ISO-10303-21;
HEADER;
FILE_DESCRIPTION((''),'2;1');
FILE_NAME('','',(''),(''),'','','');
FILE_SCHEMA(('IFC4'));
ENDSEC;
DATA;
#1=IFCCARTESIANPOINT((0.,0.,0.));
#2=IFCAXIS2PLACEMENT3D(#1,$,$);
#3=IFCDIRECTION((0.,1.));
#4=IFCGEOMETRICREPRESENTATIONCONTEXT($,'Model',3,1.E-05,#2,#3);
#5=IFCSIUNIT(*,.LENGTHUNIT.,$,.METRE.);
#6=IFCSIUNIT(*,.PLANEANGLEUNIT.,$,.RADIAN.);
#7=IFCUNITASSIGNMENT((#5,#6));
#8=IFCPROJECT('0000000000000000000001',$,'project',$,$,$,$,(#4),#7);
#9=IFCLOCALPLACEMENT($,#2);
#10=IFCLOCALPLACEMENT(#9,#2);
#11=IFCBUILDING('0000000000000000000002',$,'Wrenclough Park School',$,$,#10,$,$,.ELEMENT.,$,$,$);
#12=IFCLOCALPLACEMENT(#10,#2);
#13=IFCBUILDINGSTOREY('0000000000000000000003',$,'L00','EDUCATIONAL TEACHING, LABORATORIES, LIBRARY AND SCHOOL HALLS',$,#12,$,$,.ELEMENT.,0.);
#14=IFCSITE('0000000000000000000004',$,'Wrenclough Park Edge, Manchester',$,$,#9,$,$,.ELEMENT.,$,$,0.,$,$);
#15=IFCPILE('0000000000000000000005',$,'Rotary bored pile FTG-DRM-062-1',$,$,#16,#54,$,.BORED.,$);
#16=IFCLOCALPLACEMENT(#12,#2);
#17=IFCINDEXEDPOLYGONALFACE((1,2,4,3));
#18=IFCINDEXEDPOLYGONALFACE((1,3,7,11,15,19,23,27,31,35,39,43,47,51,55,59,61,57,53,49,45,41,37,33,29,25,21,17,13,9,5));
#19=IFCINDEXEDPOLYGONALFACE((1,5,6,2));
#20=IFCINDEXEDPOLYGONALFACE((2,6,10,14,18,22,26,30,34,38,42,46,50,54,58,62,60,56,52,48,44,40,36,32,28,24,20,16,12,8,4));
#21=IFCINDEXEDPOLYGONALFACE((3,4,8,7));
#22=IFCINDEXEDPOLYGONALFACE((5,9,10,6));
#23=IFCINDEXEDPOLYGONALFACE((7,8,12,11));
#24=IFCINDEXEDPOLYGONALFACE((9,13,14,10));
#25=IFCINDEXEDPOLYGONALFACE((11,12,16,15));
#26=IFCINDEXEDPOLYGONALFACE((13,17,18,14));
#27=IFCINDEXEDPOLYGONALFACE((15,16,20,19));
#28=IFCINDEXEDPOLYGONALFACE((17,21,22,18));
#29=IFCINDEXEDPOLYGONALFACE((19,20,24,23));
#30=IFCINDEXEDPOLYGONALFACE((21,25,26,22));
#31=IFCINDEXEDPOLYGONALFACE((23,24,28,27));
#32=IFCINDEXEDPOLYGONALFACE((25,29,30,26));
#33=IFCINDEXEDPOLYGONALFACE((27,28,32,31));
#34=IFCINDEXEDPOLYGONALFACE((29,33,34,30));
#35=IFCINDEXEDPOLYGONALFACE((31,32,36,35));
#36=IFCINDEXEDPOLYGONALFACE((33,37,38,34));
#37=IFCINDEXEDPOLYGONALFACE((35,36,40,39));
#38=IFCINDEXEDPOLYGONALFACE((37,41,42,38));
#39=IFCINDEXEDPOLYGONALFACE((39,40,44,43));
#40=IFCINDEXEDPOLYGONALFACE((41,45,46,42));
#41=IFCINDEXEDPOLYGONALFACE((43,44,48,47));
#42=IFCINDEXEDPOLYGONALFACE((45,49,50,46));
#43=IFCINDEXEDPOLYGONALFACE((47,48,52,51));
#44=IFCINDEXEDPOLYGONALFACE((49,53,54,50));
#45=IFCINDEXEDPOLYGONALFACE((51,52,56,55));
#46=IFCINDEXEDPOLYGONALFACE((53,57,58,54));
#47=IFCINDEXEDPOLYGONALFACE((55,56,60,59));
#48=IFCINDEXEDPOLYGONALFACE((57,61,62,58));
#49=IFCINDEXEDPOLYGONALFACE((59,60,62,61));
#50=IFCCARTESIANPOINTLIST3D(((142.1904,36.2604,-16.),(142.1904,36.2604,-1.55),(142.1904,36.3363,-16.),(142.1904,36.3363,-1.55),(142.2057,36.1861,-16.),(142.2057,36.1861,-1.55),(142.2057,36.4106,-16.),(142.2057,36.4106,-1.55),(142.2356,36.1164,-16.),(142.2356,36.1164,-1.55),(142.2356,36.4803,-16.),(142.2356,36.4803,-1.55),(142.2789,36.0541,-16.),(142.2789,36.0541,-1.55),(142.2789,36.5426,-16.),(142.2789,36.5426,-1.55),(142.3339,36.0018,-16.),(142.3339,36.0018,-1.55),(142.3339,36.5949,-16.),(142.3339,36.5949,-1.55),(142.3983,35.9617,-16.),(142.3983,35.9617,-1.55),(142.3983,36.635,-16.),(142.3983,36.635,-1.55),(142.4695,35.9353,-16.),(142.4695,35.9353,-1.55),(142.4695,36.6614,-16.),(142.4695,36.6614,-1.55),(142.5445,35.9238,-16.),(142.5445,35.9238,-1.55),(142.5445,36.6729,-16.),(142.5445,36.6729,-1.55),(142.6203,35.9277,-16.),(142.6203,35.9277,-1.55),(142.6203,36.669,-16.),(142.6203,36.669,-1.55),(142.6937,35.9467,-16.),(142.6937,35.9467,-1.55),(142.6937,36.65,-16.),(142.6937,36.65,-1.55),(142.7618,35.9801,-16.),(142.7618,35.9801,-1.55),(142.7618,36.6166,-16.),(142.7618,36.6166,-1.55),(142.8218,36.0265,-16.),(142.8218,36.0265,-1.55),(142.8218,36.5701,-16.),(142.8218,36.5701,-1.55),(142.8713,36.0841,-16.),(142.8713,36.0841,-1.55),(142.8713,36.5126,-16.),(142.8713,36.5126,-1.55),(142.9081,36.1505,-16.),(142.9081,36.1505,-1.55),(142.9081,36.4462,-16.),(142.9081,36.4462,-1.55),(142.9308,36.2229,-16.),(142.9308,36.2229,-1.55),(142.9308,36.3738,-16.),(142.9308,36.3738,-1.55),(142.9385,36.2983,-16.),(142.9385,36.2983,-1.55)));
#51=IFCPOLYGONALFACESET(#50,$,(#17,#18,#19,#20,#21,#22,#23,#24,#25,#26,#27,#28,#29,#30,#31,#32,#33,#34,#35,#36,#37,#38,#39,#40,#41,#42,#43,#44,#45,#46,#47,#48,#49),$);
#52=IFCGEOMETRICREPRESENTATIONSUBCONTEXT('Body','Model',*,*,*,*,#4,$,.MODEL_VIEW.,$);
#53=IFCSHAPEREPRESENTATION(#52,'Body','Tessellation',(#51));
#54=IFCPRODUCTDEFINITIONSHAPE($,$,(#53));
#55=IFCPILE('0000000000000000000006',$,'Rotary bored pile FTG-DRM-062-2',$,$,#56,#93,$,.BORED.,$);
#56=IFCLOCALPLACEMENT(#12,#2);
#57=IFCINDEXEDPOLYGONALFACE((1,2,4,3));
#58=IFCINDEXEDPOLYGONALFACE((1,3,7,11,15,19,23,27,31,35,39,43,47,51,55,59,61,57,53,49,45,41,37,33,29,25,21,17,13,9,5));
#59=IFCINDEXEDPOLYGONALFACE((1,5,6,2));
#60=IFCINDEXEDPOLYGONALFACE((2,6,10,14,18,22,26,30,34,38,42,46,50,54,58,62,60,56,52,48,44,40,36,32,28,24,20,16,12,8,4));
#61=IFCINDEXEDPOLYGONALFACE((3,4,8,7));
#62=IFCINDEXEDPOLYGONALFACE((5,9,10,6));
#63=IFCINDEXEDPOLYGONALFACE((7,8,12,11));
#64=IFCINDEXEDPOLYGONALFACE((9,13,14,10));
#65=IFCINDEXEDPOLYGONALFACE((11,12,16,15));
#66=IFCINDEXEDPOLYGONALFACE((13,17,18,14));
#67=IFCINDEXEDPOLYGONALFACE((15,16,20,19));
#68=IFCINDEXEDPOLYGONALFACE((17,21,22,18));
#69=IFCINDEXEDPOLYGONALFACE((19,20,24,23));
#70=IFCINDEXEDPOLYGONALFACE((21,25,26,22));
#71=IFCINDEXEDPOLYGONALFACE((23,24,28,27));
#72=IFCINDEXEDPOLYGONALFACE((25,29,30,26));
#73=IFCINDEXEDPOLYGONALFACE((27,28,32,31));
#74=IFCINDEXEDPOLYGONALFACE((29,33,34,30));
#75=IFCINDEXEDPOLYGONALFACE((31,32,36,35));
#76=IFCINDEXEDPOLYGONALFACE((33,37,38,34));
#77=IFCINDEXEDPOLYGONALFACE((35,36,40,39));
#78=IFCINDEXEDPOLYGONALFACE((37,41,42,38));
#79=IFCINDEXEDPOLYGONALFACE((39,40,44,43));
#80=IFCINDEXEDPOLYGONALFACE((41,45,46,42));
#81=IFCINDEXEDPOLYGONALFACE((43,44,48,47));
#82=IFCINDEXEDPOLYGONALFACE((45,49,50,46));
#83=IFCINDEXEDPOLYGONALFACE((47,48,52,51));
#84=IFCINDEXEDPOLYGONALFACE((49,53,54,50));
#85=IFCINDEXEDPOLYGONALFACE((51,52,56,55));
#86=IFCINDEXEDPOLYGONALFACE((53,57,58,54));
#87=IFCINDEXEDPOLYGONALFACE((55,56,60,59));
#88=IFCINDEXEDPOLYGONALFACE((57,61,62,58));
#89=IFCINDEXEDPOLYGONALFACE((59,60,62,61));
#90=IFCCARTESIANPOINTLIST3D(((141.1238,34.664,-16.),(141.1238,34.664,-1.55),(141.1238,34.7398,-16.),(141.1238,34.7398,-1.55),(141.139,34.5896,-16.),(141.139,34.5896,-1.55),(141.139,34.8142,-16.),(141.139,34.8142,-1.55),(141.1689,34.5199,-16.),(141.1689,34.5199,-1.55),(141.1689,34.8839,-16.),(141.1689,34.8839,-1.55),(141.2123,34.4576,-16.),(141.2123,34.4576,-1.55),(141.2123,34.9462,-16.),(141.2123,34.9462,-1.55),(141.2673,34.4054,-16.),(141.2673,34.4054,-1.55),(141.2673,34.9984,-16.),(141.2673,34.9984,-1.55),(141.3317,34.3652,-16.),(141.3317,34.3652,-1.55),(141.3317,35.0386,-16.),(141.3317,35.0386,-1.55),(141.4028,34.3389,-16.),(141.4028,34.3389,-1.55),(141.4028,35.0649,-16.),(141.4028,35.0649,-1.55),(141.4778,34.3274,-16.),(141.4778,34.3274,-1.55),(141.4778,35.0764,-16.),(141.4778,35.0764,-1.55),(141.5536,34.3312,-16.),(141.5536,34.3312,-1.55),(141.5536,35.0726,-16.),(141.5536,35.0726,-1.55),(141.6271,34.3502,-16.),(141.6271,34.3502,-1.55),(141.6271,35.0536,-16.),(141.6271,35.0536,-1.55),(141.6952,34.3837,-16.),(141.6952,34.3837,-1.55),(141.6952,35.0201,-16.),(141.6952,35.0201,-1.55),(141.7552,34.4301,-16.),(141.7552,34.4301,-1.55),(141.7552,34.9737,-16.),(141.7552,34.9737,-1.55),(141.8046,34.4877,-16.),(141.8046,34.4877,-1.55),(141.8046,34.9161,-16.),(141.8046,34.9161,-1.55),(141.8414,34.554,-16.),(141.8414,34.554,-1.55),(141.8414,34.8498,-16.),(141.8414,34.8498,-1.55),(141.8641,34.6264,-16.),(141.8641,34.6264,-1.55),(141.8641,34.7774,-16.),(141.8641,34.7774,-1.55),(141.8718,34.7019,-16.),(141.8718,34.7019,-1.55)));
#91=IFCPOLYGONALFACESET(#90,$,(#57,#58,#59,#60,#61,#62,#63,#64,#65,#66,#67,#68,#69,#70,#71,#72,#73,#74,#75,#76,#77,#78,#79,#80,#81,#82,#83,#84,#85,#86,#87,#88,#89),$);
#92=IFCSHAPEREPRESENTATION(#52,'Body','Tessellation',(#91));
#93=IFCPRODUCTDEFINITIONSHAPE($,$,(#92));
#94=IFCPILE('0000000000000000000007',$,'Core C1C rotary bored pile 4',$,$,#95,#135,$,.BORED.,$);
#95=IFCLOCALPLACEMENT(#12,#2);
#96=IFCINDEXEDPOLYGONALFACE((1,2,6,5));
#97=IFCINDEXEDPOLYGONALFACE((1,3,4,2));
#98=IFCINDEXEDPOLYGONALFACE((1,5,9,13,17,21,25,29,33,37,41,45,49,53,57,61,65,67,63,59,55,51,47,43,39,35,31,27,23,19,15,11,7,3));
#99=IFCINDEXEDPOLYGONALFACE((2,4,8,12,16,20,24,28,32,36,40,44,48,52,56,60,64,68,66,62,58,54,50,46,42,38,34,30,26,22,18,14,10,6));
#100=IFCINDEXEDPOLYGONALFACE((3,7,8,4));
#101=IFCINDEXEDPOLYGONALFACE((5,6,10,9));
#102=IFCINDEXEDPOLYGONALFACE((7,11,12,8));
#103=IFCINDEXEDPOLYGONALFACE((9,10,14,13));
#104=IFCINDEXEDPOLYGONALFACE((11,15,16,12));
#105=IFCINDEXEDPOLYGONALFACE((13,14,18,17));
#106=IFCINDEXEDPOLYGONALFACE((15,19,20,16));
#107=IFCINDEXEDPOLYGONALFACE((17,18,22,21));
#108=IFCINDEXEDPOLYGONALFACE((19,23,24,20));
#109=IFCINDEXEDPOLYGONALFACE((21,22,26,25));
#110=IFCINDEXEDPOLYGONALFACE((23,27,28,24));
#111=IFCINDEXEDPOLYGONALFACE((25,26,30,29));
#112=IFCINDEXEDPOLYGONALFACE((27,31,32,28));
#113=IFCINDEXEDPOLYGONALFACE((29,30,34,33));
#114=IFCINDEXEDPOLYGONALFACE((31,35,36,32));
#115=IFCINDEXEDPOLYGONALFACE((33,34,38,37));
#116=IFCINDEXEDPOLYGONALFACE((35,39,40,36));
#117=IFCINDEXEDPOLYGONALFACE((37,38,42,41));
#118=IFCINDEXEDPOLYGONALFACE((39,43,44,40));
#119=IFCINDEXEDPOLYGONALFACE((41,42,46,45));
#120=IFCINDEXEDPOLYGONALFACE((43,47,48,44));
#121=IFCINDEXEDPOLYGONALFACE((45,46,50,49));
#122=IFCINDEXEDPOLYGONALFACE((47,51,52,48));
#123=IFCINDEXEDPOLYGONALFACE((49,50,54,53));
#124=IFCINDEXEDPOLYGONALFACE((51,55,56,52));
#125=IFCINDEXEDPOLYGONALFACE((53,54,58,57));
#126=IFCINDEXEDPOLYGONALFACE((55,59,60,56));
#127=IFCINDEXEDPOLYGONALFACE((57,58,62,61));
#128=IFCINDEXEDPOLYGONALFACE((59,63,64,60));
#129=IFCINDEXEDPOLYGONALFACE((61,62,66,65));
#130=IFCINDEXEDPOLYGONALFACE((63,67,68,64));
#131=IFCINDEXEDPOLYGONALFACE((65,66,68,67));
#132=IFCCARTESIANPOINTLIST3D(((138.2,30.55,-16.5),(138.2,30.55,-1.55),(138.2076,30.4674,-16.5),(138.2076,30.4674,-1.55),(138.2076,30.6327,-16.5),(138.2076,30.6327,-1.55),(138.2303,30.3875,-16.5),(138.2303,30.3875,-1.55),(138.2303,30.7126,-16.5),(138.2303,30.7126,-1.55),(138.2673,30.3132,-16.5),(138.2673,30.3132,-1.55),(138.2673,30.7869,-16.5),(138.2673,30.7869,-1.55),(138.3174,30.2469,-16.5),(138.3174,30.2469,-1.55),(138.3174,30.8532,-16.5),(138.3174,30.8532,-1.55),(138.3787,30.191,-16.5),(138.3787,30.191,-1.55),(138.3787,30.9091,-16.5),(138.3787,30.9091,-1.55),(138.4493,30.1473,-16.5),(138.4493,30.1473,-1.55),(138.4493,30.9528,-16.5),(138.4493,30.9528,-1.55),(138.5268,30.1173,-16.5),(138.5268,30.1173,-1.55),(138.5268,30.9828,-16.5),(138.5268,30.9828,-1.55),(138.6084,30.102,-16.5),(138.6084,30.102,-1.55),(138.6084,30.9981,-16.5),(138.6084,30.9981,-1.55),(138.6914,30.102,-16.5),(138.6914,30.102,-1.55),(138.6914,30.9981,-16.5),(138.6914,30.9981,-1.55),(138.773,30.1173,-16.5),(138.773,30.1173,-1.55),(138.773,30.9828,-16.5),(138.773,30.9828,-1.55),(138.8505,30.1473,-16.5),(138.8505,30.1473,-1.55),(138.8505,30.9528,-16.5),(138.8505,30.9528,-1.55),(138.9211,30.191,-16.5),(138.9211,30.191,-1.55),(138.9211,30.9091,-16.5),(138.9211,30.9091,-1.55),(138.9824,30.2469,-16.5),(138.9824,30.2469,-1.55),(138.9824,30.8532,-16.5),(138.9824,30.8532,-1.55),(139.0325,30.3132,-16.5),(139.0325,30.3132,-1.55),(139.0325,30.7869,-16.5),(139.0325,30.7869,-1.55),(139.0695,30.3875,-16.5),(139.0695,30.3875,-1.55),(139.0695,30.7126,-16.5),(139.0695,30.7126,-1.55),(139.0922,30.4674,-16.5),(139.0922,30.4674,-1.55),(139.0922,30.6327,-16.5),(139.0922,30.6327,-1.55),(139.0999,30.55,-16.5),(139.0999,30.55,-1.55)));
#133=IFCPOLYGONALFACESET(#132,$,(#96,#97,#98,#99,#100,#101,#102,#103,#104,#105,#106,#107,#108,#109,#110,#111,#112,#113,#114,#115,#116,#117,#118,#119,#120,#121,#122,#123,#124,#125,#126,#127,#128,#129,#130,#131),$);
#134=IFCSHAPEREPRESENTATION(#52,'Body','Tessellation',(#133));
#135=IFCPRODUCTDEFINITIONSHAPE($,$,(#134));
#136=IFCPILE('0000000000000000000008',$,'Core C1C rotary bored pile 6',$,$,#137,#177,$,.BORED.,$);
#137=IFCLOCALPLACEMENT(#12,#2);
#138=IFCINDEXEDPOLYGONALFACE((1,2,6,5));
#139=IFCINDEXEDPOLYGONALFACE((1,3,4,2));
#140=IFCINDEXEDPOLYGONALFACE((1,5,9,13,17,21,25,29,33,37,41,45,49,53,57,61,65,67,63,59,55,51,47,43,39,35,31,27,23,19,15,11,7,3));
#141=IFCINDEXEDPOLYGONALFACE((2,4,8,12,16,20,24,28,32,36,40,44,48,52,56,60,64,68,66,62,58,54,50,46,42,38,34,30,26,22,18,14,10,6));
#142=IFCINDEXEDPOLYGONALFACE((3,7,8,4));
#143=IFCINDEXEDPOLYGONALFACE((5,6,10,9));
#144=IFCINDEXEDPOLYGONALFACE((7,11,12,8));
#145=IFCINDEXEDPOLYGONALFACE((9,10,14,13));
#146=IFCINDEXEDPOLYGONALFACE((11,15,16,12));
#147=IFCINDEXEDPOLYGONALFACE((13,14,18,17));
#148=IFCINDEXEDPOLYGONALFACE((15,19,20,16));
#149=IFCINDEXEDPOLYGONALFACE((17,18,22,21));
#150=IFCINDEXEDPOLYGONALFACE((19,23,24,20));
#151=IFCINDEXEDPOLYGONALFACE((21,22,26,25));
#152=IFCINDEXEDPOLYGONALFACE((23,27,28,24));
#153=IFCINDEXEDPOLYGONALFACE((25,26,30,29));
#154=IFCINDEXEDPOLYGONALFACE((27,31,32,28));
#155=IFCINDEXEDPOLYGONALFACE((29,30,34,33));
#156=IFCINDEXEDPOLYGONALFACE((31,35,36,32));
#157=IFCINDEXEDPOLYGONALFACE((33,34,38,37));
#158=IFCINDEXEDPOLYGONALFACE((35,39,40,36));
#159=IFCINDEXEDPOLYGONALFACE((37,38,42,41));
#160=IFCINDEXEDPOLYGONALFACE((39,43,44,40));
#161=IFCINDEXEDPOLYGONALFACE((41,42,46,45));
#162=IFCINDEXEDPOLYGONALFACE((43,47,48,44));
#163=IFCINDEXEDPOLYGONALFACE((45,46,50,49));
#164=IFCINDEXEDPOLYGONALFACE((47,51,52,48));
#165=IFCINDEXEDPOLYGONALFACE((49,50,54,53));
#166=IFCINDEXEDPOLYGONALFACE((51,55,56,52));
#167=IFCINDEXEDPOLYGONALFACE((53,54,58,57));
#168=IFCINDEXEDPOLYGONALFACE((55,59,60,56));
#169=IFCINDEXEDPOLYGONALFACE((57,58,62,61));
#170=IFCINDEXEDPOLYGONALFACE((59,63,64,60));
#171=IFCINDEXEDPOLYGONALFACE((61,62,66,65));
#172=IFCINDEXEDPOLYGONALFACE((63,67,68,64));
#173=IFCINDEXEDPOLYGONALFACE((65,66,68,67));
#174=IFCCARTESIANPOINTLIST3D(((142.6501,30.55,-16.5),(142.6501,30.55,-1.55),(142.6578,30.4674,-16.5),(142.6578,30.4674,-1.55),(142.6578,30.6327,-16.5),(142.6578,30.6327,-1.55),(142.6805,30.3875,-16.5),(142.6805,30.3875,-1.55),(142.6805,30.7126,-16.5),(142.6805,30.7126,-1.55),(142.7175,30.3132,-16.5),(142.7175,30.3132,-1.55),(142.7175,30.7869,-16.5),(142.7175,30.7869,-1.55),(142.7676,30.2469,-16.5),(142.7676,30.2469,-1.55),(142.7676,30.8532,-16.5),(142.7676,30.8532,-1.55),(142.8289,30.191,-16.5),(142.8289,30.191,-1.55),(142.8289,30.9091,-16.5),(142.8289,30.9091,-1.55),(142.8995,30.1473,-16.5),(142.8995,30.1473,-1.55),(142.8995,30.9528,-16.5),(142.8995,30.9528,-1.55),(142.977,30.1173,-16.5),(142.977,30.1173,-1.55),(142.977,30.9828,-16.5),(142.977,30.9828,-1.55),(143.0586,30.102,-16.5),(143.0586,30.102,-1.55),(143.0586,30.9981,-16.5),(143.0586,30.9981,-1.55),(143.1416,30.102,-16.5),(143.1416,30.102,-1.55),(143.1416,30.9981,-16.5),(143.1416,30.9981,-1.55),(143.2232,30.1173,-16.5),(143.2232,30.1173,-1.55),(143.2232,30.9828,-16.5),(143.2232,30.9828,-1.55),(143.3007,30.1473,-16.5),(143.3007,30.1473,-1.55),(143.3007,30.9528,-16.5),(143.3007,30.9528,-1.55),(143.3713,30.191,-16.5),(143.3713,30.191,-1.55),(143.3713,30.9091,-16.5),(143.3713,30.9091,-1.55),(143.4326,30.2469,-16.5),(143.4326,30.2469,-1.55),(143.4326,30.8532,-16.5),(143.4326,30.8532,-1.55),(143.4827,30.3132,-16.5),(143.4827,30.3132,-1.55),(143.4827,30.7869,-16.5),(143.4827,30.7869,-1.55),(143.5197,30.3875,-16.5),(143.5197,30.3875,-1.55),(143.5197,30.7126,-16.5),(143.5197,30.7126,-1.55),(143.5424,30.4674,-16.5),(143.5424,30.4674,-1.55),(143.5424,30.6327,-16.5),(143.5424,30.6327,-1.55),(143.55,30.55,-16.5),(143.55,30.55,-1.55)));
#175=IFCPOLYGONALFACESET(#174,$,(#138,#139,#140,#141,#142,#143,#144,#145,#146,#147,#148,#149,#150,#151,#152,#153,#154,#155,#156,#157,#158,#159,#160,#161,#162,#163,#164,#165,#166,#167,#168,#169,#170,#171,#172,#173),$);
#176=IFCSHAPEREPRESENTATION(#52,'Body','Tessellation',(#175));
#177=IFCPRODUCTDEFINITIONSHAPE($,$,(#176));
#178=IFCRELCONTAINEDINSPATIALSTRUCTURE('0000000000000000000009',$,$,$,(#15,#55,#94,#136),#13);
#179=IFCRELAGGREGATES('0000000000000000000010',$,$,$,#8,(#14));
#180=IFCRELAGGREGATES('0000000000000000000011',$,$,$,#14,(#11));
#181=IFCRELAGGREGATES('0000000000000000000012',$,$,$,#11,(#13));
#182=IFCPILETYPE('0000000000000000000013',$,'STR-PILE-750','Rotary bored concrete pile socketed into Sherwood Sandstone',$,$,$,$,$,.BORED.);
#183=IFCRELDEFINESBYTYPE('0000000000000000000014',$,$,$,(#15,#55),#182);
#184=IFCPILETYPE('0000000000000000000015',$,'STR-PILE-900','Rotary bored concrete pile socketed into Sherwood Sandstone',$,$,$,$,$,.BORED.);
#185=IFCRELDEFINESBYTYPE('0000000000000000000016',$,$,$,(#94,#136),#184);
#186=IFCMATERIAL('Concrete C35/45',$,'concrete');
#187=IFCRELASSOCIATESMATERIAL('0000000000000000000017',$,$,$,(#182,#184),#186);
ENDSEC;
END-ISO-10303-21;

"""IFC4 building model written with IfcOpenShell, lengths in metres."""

from ifc_helpers import new_model, si_unit, direction, frame, origin, origin_2d, place, context, subcontext, project, spatial, circle, extrude, material, material_profile, profile_set, type_object, element, save


model = new_model("IFC4")

# Units and contexts
model_context = context("Model", 3, precision=1e-05, world=origin(), true_north=direction((0.0, 1.0)))
body_context = subcontext(model_context, "Body", "Model", "MODEL_VIEW")
ifc_project = project(units=[si_unit("LENGTHUNIT", "METRE"), si_unit("PLANEANGLEUNIT", "RADIAN")], contexts=[model_context])

# Site, building, storey
site_placement = place(None, origin())
site = spatial("IfcSite", under=ifc_project, at=site_placement, Name="Wrenclough Park Edge, Manchester", CompositionType="ELEMENT", RefElevation=0.0)
building_placement = place(site_placement, origin())
building = spatial("IfcBuilding", under=site, at=building_placement, Name="Wrenclough Park School", CompositionType="ELEMENT")
storey_placement = place(building_placement, origin())
storey = spatial("IfcBuildingStorey", under=building, at=storey_placement, Name="L00", Description="EDUCATIONAL TEACHING, LABORATORIES, LIBRARY AND SCHOOL HALLS", CompositionType="ELEMENT", Elevation=0.0)

# Shared definitions
ifc_material_1 = material(Name="Concrete C35/45", Category="concrete")

# Piles
ifc_material_profile_1 = material_profile(ifc_material_1, circle(Radius=0.375, at=origin_2d()), Name="BORED PILE D750")
ifc_profile_set_1 = profile_set([ifc_material_profile_1], Name="Concrete C35/45")
pile_type_1 = type_object("IfcPileType", Name="STR-PILE-750", Description="Rotary bored concrete pile socketed into Sherwood Sandstone", PredefinedType="BORED", material=ifc_profile_set_1)
for number, where, z_axis, x_axis, name in (
    (1, (142.5635, 36.2983, -1.55), (0.0, 0.0, -1.0), (1.0, 0.0, 0.0), "Rotary bored pile FTG-DRM-062-1"),
    (2, (141.4968, 34.7019, -1.55), (0.0, 0.0, -1.0), (1.0, 0.0, 0.0), "Rotary bored pile FTG-DRM-062-2"),
):
    element("IfcPile", number, at=place(storey_placement, frame(where, z_axis=z_axis, x_axis=x_axis)), inside=storey, type_object=pile_type_1, Name=name, PredefinedType="BORED", context=body_context, shape_type="SweptSolid", body=[
        extrude(circle(Radius=0.375, at=origin_2d()), origin(), (0.0, 0.0, 1.0), 14.45),
    ])
ifc_material_profile_2 = material_profile(ifc_material_1, circle(Radius=0.45, at=origin_2d()), Name="BORED PILE D900")
ifc_profile_set_2 = profile_set([ifc_material_profile_2], Name="Concrete C35/45")
pile_type_2 = type_object("IfcPileType", Name="STR-PILE-900", Description="Rotary bored concrete pile socketed into Sherwood Sandstone", PredefinedType="BORED", material=ifc_profile_set_2)
for number, where, z_axis, x_axis, name in (
    (3, (138.6499, 30.55, -1.55), (0.0, 0.0, -1.0), (1.0, 0.0, 0.0), "Core C1C rotary bored pile 4"),
    (4, (143.1001, 30.55, -1.55), (0.0, 0.0, -1.0), (1.0, 0.0, 0.0), "Core C1C rotary bored pile 6"),
):
    element("IfcPile", number, at=place(storey_placement, frame(where, z_axis=z_axis, x_axis=x_axis)), inside=storey, type_object=pile_type_2, Name=name, PredefinedType="BORED", context=body_context, shape_type="SweptSolid", body=[
        extrude(circle(Radius=0.45, at=origin_2d()), origin(), (0.0, 0.0, 1.0), 14.95),
    ])

save(model, "model.ifc")
